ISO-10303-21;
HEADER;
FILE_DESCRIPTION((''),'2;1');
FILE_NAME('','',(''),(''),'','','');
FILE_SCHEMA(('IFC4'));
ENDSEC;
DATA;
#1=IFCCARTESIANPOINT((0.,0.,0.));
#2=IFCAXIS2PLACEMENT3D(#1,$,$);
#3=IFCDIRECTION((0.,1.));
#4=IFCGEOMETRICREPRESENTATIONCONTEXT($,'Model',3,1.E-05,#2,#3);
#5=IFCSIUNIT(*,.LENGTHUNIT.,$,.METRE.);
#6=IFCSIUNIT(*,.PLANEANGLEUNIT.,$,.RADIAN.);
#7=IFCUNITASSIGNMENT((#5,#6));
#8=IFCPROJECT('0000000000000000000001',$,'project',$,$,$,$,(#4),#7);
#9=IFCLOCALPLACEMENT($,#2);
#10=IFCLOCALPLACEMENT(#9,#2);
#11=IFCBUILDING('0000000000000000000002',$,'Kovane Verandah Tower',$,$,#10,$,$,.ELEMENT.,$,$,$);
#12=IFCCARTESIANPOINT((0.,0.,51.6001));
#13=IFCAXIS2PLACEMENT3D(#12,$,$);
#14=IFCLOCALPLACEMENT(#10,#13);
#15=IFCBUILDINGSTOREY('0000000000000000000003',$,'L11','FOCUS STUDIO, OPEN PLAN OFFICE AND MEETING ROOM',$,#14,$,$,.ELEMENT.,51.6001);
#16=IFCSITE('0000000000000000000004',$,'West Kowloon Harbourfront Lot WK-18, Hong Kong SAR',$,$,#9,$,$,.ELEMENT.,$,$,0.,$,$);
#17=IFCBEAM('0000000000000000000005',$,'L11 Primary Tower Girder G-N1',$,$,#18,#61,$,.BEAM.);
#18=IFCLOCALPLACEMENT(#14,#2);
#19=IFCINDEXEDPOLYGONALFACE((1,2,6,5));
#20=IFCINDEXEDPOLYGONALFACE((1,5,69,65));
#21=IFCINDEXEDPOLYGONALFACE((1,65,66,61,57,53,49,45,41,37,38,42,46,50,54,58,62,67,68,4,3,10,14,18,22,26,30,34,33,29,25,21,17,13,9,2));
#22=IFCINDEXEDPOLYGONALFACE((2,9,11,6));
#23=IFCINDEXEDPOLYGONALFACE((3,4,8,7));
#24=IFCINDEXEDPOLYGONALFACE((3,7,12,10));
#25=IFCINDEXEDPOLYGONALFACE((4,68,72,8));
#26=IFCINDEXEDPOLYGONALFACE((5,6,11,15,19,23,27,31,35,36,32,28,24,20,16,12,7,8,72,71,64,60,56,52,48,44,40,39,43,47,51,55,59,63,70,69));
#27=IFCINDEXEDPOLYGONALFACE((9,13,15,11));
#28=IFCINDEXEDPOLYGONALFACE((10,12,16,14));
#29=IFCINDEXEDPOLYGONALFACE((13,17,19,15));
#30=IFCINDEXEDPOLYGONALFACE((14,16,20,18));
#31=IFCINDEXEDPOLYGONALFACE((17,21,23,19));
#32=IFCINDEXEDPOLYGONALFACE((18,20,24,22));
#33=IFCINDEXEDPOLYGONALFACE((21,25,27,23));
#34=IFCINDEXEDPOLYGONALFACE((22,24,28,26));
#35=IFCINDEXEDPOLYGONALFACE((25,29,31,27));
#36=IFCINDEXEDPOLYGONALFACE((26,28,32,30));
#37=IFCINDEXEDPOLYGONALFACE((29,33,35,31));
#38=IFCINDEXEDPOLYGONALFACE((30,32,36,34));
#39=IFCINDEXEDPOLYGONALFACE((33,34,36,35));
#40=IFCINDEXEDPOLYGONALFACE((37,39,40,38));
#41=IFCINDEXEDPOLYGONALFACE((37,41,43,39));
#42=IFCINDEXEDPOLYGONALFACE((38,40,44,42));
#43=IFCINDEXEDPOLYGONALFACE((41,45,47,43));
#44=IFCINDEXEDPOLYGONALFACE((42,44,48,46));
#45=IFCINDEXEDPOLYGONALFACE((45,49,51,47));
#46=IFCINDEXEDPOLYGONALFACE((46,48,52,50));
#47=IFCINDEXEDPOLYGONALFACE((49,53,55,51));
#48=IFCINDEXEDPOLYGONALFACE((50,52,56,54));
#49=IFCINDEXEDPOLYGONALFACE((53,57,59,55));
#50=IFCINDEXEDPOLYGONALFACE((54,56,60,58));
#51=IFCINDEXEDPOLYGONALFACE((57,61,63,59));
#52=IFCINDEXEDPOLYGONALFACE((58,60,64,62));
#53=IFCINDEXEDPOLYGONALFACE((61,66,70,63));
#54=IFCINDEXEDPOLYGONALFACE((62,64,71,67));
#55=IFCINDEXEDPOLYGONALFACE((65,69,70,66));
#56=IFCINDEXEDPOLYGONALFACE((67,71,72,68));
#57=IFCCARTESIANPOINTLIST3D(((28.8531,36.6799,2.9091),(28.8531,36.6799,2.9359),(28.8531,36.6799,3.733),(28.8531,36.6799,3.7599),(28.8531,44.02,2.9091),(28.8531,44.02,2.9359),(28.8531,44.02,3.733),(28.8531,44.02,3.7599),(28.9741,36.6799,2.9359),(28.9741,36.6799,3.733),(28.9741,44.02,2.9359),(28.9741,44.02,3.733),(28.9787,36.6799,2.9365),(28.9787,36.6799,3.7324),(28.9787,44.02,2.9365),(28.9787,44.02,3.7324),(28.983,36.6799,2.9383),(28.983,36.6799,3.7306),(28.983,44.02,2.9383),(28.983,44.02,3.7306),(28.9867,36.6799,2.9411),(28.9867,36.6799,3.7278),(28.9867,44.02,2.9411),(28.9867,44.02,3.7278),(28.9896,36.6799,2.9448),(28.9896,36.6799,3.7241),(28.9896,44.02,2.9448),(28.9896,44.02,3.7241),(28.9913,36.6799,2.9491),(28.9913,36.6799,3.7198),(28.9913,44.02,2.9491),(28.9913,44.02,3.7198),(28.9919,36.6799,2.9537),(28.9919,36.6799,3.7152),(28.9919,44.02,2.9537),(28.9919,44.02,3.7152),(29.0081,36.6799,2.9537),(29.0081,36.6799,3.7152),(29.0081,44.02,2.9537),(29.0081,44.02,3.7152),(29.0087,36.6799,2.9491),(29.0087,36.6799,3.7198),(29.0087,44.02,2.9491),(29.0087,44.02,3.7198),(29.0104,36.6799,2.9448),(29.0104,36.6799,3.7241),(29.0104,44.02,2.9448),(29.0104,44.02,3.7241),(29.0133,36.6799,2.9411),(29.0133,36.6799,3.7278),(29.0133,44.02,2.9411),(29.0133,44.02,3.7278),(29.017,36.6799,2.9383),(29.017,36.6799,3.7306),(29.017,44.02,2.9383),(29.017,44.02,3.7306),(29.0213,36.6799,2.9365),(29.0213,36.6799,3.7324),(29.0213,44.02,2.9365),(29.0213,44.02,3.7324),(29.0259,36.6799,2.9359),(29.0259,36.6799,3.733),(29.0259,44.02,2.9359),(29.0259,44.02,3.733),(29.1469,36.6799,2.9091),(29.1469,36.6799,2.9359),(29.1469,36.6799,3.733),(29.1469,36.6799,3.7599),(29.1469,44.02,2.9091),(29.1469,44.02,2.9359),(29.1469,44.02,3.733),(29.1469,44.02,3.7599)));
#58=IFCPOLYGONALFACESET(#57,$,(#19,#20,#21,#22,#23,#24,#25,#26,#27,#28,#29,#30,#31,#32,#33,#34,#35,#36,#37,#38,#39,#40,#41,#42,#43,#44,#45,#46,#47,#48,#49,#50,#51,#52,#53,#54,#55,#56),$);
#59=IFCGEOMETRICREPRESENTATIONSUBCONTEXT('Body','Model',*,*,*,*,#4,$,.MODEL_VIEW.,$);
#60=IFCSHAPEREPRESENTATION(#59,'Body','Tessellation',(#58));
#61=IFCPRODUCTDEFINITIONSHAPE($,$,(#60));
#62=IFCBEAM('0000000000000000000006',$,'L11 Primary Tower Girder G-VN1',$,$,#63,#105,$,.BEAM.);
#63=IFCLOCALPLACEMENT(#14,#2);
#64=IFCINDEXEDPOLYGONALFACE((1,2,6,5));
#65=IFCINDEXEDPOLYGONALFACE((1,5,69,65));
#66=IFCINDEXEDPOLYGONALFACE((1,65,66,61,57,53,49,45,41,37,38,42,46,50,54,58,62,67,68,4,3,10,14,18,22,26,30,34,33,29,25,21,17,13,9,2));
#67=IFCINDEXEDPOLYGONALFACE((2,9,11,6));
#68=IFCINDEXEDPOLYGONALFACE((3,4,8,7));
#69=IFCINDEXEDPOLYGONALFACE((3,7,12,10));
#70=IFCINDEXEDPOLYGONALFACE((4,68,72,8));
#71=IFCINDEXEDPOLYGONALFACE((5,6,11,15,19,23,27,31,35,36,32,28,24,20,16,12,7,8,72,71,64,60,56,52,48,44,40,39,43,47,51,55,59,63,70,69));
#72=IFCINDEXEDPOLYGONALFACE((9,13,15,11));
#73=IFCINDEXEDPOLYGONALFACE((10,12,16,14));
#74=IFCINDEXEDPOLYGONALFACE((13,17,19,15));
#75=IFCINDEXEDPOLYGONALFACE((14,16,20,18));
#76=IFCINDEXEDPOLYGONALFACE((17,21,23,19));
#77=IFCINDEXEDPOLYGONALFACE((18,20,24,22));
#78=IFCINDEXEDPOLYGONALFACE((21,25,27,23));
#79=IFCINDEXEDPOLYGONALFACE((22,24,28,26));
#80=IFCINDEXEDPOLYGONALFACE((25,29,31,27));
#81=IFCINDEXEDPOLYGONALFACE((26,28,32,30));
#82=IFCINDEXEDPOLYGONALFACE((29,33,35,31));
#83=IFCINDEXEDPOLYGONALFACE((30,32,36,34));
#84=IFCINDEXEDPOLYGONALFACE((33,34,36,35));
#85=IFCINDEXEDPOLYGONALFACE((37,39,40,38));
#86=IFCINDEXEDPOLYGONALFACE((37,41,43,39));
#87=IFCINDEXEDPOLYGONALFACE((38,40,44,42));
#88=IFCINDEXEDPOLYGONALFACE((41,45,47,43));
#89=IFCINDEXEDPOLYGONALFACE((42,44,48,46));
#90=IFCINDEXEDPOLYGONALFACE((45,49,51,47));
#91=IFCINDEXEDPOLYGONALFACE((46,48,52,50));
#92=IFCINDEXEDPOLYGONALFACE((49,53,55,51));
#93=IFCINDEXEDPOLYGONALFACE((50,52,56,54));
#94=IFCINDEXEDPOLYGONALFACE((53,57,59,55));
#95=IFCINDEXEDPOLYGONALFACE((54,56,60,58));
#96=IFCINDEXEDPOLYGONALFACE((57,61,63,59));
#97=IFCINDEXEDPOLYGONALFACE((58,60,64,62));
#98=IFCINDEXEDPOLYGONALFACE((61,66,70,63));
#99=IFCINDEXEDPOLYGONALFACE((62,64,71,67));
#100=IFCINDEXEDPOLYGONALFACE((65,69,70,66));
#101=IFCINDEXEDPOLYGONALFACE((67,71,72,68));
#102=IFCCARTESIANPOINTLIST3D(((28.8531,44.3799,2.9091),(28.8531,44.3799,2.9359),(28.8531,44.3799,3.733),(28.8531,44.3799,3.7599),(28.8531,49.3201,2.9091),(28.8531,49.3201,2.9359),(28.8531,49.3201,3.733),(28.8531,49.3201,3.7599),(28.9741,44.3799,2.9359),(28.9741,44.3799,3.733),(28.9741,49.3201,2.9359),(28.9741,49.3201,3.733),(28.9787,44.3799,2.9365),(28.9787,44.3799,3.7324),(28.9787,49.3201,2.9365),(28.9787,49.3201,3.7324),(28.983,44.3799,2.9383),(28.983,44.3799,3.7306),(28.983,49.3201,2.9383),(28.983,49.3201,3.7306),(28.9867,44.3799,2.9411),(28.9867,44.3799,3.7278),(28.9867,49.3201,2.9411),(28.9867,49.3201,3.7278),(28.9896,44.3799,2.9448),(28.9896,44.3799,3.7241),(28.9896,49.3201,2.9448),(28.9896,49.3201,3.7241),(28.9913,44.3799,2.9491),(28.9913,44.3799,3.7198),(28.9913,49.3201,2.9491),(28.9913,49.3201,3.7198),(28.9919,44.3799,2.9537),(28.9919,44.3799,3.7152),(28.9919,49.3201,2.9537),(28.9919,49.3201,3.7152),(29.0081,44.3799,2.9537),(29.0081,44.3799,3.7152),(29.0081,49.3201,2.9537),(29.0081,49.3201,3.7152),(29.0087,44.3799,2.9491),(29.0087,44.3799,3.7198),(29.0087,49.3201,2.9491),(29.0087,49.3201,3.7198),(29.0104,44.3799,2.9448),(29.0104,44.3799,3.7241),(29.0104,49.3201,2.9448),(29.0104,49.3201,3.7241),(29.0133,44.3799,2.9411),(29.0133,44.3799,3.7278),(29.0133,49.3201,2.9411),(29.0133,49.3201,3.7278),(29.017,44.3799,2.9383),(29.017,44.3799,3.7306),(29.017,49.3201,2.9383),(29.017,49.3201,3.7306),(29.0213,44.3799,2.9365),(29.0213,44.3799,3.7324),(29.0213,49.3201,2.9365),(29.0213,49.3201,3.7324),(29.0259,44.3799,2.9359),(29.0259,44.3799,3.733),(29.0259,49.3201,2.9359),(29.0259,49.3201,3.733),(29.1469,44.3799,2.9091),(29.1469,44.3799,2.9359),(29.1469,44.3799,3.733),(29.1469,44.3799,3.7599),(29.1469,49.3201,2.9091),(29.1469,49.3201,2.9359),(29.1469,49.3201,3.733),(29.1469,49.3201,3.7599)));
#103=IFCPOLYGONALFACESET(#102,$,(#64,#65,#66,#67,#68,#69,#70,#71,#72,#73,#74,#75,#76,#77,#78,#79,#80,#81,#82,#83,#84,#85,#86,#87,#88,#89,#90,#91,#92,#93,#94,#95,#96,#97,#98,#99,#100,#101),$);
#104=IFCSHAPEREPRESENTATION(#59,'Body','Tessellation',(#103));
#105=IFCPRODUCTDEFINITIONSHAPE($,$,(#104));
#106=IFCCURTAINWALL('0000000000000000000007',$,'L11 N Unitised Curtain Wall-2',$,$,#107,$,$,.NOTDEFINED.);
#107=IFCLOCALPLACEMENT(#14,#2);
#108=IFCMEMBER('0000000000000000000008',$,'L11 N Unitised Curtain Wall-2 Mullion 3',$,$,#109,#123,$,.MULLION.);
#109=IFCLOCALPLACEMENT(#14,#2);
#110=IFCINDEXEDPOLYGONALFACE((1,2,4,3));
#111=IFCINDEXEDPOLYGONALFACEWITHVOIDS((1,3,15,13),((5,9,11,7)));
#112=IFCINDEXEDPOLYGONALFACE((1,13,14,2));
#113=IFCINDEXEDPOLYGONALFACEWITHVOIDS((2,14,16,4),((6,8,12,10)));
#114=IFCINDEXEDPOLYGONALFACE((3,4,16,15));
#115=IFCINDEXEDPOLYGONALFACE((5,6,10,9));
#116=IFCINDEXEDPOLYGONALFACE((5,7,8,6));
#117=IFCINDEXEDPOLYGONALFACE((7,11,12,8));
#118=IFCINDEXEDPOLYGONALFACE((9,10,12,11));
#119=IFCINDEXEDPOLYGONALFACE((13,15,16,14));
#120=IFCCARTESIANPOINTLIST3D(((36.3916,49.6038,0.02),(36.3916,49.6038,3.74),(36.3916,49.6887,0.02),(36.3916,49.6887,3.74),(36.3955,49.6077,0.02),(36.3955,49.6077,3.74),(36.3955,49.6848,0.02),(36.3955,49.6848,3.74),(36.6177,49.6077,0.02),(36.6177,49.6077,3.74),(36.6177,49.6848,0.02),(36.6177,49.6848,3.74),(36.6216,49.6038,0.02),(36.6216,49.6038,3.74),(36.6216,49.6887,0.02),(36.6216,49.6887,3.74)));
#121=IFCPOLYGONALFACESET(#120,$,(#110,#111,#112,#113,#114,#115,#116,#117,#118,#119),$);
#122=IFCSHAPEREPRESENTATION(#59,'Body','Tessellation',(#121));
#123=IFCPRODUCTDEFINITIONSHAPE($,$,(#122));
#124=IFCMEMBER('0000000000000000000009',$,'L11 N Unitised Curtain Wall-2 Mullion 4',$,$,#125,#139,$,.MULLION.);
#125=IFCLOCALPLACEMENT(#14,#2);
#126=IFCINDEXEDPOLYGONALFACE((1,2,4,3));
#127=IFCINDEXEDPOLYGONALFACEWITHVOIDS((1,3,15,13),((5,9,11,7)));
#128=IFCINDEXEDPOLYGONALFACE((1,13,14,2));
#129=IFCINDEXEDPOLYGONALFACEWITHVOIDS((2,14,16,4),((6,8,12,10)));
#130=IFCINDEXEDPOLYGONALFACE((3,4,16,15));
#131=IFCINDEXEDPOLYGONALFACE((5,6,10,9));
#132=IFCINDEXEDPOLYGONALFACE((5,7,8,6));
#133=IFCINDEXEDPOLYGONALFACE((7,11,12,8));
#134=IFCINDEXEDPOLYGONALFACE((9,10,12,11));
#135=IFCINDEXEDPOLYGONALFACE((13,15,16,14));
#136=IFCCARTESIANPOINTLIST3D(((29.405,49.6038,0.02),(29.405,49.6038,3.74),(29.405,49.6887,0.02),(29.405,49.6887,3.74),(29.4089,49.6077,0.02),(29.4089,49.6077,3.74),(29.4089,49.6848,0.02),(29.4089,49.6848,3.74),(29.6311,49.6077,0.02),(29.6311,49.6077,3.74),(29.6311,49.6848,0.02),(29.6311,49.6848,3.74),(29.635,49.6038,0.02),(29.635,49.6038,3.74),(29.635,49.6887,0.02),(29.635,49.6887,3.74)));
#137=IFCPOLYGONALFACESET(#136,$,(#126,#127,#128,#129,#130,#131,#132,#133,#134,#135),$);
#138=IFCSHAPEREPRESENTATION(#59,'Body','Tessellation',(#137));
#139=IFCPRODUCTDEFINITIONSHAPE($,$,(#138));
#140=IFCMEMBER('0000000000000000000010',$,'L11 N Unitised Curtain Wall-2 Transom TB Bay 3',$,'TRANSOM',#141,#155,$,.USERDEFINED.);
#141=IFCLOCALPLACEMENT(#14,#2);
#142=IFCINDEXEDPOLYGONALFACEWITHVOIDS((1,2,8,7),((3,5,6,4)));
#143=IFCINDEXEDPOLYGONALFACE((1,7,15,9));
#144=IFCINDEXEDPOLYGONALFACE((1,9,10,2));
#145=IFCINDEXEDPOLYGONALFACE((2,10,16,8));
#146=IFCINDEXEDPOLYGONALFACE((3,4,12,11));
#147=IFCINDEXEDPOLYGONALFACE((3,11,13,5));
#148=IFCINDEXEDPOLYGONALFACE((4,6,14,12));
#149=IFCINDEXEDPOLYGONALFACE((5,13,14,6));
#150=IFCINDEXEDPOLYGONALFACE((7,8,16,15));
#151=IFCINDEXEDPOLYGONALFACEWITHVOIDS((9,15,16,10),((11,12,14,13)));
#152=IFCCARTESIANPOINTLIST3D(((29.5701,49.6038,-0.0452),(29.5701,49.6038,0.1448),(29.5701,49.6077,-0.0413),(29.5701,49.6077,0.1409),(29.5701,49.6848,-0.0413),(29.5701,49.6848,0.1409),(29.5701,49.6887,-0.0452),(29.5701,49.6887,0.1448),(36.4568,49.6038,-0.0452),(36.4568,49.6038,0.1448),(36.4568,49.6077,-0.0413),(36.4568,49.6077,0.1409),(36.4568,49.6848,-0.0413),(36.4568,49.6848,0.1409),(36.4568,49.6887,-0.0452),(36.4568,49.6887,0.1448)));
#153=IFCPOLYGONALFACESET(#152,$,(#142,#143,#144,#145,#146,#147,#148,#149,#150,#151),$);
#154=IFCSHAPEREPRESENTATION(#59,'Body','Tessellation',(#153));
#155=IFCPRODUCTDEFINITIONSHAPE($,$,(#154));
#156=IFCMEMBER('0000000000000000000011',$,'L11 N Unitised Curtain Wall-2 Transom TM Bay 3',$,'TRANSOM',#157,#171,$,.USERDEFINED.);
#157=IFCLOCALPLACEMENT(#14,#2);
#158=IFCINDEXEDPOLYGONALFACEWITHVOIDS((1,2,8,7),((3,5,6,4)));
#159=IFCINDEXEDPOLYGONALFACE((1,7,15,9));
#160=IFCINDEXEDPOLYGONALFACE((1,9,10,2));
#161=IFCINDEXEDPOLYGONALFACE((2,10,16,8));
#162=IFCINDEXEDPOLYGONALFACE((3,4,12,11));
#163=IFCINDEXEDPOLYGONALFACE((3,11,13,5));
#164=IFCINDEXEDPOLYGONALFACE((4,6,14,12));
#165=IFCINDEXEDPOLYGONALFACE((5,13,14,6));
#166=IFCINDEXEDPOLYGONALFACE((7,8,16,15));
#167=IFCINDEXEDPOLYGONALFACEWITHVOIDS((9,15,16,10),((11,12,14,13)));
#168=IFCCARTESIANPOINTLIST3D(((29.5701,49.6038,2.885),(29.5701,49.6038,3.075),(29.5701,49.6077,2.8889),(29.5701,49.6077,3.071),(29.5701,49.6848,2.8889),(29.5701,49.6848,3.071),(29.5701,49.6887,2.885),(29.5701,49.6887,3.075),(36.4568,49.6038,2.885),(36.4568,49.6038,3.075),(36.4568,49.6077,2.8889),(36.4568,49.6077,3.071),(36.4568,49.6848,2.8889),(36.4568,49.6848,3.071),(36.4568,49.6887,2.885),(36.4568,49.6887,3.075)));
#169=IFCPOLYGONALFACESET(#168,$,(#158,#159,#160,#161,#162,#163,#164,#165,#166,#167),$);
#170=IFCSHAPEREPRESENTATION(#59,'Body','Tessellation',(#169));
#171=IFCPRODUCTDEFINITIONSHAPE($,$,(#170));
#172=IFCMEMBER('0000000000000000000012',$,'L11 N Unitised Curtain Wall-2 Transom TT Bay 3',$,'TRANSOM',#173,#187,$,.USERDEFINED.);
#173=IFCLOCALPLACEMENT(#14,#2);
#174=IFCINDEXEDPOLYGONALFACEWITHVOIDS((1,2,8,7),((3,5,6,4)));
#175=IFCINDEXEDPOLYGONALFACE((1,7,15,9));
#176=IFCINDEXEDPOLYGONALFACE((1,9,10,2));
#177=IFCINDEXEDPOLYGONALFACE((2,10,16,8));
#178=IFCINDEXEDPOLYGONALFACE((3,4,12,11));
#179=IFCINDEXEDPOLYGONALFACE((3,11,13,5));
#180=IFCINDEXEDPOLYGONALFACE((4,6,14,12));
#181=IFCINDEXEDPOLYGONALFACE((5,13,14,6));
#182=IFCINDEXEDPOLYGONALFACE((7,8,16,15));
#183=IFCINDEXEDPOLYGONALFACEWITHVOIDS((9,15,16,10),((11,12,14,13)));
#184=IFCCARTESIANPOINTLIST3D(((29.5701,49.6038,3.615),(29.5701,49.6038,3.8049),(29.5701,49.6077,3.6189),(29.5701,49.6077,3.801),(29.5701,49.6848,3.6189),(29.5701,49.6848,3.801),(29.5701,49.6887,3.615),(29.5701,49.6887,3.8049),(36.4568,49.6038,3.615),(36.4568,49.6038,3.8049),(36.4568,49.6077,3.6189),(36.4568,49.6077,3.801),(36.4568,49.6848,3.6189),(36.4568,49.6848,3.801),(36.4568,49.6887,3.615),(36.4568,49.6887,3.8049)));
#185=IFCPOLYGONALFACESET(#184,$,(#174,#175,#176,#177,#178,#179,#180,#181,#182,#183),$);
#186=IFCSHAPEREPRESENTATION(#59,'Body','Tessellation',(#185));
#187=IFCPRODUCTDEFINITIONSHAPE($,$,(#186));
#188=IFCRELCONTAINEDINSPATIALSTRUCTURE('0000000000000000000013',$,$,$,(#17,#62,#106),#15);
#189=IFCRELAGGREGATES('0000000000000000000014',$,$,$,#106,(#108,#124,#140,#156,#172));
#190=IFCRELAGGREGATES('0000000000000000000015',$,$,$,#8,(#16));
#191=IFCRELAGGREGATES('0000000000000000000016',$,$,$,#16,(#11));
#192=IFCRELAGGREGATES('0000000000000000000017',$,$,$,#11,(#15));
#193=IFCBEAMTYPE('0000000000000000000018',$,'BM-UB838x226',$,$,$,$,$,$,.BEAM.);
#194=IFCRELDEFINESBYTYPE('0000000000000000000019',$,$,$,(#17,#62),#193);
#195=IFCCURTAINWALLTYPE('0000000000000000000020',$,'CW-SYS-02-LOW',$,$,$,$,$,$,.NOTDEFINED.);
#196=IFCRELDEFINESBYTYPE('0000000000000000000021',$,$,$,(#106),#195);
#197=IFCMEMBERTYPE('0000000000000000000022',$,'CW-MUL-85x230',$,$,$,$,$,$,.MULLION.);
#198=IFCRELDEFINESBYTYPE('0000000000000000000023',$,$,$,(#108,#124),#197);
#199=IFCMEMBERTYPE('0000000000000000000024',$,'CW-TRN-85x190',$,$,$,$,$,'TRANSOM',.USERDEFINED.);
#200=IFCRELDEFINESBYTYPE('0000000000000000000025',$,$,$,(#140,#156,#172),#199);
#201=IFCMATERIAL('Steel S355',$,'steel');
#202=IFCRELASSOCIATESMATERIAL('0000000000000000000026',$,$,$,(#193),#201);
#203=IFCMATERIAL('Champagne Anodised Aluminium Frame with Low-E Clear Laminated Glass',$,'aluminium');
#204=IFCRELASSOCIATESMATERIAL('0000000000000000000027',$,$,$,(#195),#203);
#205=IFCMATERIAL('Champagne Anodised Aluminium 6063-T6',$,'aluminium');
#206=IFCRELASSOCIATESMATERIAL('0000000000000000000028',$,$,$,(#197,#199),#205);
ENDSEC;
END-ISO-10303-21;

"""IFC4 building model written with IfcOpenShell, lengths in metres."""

from ifc_helpers import new_model, si_unit, direction, frame, origin, origin_2d, place, context, subcontext, project, spatial, hollow_rectangle, i_section, extrude, material, material_profile, profile_set, type_object, element, aggregate, save


model = new_model("IFC4")

# Units and contexts
model_context = context("Model", 3, precision=1e-05, world=origin(), true_north=direction((0.0, 1.0)))
body_context = subcontext(model_context, "Body", "Model", "MODEL_VIEW")
ifc_project = project(units=[si_unit("LENGTHUNIT", "METRE"), si_unit("PLANEANGLEUNIT", "RADIAN")], contexts=[model_context])

# Site, building, storey
site_placement = place(None, origin())
site = spatial("IfcSite", under=ifc_project, at=site_placement, Name="West Kowloon Harbourfront Lot WK-18, Hong Kong SAR", CompositionType="ELEMENT", RefElevation=0.0)
building_placement = place(site_placement, origin())
building = spatial("IfcBuilding", under=site, at=building_placement, Name="Kovane Verandah Tower", CompositionType="ELEMENT")
storey_placement = place(building_placement, frame((0.0, 0.0, 51.6001)))
storey = spatial("IfcBuildingStorey", under=building, at=storey_placement, Name="L11", Description="FOCUS STUDIO, OPEN PLAN OFFICE AND MEETING ROOM", CompositionType="ELEMENT", Elevation=51.6001)

# Beams
ifc_material_1 = material(Name="Steel S355", Category="steel")
ifc_material_profile_1 = material_profile(ifc_material_1, i_section(OverallWidth=0.2937, OverallDepth=0.8508, WebThickness=0.0161, FlangeThickness=0.0269, FilletRadius=0.0178, at=origin_2d()), Name="UB838x292x226")
ifc_profile_set_1 = profile_set([ifc_material_profile_1], Name="Steel S355")
beam_type_1 = type_object("IfcBeamType", Name="BM-UB838x226", PredefinedType="BEAM", material=ifc_profile_set_1)
beam_1_placement = place(storey_placement, frame((29.0, 36.6799, 3.3345), z_axis=(0.0, 1.0, 0.0), x_axis=(-1.0, 0.0, 0.0)))
element("IfcBeam", 1, at=beam_1_placement, inside=storey, type_object=beam_type_1, Name="L11 Primary Tower Girder G-N1", PredefinedType="BEAM", context=body_context, shape_type="SweptSolid", body=[
    extrude(i_section(OverallWidth=0.2937, OverallDepth=0.8508, WebThickness=0.0161, FlangeThickness=0.0269, FilletRadius=0.0178, at=origin_2d()), origin(), (0.0, 0.0, 1.0), 7.3401),
])
beam_2_placement = place(storey_placement, frame((29.0, 44.3799, 3.3345), z_axis=(0.0, 1.0, 0.0), x_axis=(-1.0, 0.0, 0.0)))
element("IfcBeam", 2, at=beam_2_placement, inside=storey, type_object=beam_type_1, Name="L11 Primary Tower Girder G-VN1", PredefinedType="BEAM", context=body_context, shape_type="SweptSolid", body=[
    extrude(i_section(OverallWidth=0.2937, OverallDepth=0.8508, WebThickness=0.0161, FlangeThickness=0.0269, FilletRadius=0.0178, at=origin_2d()), origin(), (0.0, 0.0, 1.0), 4.9402),
])

# Curtain wall, members
ifc_material_2 = material(Name="Champagne Anodised Aluminium Frame with Low-E Clear Laminated Glass", Category="aluminium")
curtain_wall_type = type_object("IfcCurtainWallType", Name="CW-SYS-02-LOW", PredefinedType="NOTDEFINED", material=ifc_material_2)
curtain_wall_placement = place(storey_placement, origin())
curtain_wall = element("IfcCurtainWall", 3, at=curtain_wall_placement, inside=storey, type_object=curtain_wall_type, Name="L11 N Unitised Curtain Wall-2", PredefinedType="NOTDEFINED")
ifc_material_3 = material(Name="Champagne Anodised Aluminium 6063-T6", Category="aluminium")
ifc_material_profile_2 = material_profile(ifc_material_3, hollow_rectangle(XDim=0.085, YDim=0.23, WallThickness=0.0039, at=origin_2d()), Name="AL85x230x4")
ifc_profile_set_2 = profile_set([ifc_material_profile_2], Name="Champagne Anodised Aluminium 6063-T6")
member_type_1 = type_object("IfcMemberType", Name="CW-MUL-85x230", PredefinedType="MULLION", material=ifc_profile_set_2)
member_1_placement = place(storey_placement, frame((36.5066, 49.6462, 0.02), z_axis=(0.0, 0.0, 1.0), x_axis=(0.0, 1.0, 0.0)))
member_1 = element("IfcMember", 4, at=member_1_placement, type_object=member_type_1, Name="L11 N Unitised Curtain Wall-2 Mullion 3", PredefinedType="MULLION", context=body_context, shape_type="SweptSolid", body=[
    extrude(hollow_rectangle(XDim=0.085, YDim=0.23, WallThickness=0.0039, at=origin_2d()), origin(), (0.0, 0.0, 1.0), 3.72),
])
member_2_placement = place(storey_placement, frame((29.52, 49.6462, 0.02), z_axis=(0.0, 0.0, 1.0), x_axis=(0.0, 1.0, 0.0)))
member_2 = element("IfcMember", 5, at=member_2_placement, type_object=member_type_1, Name="L11 N Unitised Curtain Wall-2 Mullion 4", PredefinedType="MULLION", context=body_context, shape_type="SweptSolid", body=[
    extrude(hollow_rectangle(XDim=0.085, YDim=0.23, WallThickness=0.0039, at=origin_2d()), origin(), (0.0, 0.0, 1.0), 3.72),
])
ifc_material_profile_3 = material_profile(ifc_material_3, hollow_rectangle(XDim=0.085, YDim=0.1899, WallThickness=0.0039, at=origin_2d()), Name="AL85x190x4")
ifc_profile_set_3 = profile_set([ifc_material_profile_3], Name="Champagne Anodised Aluminium 6063-T6")
member_type_2 = type_object("IfcMemberType", Name="CW-TRN-85x190", ElementType="TRANSOM", PredefinedType="USERDEFINED", material=ifc_profile_set_3)
member_3_placement = place(storey_placement, frame((36.4568, 49.6462, 0.0498), z_axis=(-1.0, 0.0, 0.0), x_axis=(0.0, -1.0, 0.0)))
member_3 = element("IfcMember", 6, at=member_3_placement, type_object=member_type_2, Name="L11 N Unitised Curtain Wall-2 Transom TB Bay 3", ObjectType="TRANSOM", PredefinedType="USERDEFINED", context=body_context, shape_type="SweptSolid", body=[
    extrude(hollow_rectangle(XDim=0.085, YDim=0.1899, WallThickness=0.0039, at=origin_2d()), origin(), (0.0, 0.0, 1.0), 6.8867),
])
member_4_placement = place(storey_placement, frame((36.4568, 49.6462, 2.98), z_axis=(-1.0, 0.0, 0.0), x_axis=(0.0, -1.0, 0.0)))
member_4 = element("IfcMember", 7, at=member_4_placement, type_object=member_type_2, Name="L11 N Unitised Curtain Wall-2 Transom TM Bay 3", ObjectType="TRANSOM", PredefinedType="USERDEFINED", context=body_context, shape_type="SweptSolid", body=[
    extrude(hollow_rectangle(XDim=0.085, YDim=0.1899, WallThickness=0.0039, at=origin_2d()), origin(), (0.0, 0.0, 1.0), 6.8867),
])
member_5_placement = place(storey_placement, frame((36.4568, 49.6462, 3.71), z_axis=(-1.0, 0.0, 0.0), x_axis=(0.0, -1.0, 0.0)))
member_5 = element("IfcMember", 8, at=member_5_placement, type_object=member_type_2, Name="L11 N Unitised Curtain Wall-2 Transom TT Bay 3", ObjectType="TRANSOM", PredefinedType="USERDEFINED", context=body_context, shape_type="SweptSolid", body=[
    extrude(hollow_rectangle(XDim=0.085, YDim=0.1899, WallThickness=0.0039, at=origin_2d()), origin(), (0.0, 0.0, 1.0), 6.8867),
])

aggregate(curtain_wall, [member_1, member_2, member_3, member_4, member_5])

save(model, "model.ifc")
